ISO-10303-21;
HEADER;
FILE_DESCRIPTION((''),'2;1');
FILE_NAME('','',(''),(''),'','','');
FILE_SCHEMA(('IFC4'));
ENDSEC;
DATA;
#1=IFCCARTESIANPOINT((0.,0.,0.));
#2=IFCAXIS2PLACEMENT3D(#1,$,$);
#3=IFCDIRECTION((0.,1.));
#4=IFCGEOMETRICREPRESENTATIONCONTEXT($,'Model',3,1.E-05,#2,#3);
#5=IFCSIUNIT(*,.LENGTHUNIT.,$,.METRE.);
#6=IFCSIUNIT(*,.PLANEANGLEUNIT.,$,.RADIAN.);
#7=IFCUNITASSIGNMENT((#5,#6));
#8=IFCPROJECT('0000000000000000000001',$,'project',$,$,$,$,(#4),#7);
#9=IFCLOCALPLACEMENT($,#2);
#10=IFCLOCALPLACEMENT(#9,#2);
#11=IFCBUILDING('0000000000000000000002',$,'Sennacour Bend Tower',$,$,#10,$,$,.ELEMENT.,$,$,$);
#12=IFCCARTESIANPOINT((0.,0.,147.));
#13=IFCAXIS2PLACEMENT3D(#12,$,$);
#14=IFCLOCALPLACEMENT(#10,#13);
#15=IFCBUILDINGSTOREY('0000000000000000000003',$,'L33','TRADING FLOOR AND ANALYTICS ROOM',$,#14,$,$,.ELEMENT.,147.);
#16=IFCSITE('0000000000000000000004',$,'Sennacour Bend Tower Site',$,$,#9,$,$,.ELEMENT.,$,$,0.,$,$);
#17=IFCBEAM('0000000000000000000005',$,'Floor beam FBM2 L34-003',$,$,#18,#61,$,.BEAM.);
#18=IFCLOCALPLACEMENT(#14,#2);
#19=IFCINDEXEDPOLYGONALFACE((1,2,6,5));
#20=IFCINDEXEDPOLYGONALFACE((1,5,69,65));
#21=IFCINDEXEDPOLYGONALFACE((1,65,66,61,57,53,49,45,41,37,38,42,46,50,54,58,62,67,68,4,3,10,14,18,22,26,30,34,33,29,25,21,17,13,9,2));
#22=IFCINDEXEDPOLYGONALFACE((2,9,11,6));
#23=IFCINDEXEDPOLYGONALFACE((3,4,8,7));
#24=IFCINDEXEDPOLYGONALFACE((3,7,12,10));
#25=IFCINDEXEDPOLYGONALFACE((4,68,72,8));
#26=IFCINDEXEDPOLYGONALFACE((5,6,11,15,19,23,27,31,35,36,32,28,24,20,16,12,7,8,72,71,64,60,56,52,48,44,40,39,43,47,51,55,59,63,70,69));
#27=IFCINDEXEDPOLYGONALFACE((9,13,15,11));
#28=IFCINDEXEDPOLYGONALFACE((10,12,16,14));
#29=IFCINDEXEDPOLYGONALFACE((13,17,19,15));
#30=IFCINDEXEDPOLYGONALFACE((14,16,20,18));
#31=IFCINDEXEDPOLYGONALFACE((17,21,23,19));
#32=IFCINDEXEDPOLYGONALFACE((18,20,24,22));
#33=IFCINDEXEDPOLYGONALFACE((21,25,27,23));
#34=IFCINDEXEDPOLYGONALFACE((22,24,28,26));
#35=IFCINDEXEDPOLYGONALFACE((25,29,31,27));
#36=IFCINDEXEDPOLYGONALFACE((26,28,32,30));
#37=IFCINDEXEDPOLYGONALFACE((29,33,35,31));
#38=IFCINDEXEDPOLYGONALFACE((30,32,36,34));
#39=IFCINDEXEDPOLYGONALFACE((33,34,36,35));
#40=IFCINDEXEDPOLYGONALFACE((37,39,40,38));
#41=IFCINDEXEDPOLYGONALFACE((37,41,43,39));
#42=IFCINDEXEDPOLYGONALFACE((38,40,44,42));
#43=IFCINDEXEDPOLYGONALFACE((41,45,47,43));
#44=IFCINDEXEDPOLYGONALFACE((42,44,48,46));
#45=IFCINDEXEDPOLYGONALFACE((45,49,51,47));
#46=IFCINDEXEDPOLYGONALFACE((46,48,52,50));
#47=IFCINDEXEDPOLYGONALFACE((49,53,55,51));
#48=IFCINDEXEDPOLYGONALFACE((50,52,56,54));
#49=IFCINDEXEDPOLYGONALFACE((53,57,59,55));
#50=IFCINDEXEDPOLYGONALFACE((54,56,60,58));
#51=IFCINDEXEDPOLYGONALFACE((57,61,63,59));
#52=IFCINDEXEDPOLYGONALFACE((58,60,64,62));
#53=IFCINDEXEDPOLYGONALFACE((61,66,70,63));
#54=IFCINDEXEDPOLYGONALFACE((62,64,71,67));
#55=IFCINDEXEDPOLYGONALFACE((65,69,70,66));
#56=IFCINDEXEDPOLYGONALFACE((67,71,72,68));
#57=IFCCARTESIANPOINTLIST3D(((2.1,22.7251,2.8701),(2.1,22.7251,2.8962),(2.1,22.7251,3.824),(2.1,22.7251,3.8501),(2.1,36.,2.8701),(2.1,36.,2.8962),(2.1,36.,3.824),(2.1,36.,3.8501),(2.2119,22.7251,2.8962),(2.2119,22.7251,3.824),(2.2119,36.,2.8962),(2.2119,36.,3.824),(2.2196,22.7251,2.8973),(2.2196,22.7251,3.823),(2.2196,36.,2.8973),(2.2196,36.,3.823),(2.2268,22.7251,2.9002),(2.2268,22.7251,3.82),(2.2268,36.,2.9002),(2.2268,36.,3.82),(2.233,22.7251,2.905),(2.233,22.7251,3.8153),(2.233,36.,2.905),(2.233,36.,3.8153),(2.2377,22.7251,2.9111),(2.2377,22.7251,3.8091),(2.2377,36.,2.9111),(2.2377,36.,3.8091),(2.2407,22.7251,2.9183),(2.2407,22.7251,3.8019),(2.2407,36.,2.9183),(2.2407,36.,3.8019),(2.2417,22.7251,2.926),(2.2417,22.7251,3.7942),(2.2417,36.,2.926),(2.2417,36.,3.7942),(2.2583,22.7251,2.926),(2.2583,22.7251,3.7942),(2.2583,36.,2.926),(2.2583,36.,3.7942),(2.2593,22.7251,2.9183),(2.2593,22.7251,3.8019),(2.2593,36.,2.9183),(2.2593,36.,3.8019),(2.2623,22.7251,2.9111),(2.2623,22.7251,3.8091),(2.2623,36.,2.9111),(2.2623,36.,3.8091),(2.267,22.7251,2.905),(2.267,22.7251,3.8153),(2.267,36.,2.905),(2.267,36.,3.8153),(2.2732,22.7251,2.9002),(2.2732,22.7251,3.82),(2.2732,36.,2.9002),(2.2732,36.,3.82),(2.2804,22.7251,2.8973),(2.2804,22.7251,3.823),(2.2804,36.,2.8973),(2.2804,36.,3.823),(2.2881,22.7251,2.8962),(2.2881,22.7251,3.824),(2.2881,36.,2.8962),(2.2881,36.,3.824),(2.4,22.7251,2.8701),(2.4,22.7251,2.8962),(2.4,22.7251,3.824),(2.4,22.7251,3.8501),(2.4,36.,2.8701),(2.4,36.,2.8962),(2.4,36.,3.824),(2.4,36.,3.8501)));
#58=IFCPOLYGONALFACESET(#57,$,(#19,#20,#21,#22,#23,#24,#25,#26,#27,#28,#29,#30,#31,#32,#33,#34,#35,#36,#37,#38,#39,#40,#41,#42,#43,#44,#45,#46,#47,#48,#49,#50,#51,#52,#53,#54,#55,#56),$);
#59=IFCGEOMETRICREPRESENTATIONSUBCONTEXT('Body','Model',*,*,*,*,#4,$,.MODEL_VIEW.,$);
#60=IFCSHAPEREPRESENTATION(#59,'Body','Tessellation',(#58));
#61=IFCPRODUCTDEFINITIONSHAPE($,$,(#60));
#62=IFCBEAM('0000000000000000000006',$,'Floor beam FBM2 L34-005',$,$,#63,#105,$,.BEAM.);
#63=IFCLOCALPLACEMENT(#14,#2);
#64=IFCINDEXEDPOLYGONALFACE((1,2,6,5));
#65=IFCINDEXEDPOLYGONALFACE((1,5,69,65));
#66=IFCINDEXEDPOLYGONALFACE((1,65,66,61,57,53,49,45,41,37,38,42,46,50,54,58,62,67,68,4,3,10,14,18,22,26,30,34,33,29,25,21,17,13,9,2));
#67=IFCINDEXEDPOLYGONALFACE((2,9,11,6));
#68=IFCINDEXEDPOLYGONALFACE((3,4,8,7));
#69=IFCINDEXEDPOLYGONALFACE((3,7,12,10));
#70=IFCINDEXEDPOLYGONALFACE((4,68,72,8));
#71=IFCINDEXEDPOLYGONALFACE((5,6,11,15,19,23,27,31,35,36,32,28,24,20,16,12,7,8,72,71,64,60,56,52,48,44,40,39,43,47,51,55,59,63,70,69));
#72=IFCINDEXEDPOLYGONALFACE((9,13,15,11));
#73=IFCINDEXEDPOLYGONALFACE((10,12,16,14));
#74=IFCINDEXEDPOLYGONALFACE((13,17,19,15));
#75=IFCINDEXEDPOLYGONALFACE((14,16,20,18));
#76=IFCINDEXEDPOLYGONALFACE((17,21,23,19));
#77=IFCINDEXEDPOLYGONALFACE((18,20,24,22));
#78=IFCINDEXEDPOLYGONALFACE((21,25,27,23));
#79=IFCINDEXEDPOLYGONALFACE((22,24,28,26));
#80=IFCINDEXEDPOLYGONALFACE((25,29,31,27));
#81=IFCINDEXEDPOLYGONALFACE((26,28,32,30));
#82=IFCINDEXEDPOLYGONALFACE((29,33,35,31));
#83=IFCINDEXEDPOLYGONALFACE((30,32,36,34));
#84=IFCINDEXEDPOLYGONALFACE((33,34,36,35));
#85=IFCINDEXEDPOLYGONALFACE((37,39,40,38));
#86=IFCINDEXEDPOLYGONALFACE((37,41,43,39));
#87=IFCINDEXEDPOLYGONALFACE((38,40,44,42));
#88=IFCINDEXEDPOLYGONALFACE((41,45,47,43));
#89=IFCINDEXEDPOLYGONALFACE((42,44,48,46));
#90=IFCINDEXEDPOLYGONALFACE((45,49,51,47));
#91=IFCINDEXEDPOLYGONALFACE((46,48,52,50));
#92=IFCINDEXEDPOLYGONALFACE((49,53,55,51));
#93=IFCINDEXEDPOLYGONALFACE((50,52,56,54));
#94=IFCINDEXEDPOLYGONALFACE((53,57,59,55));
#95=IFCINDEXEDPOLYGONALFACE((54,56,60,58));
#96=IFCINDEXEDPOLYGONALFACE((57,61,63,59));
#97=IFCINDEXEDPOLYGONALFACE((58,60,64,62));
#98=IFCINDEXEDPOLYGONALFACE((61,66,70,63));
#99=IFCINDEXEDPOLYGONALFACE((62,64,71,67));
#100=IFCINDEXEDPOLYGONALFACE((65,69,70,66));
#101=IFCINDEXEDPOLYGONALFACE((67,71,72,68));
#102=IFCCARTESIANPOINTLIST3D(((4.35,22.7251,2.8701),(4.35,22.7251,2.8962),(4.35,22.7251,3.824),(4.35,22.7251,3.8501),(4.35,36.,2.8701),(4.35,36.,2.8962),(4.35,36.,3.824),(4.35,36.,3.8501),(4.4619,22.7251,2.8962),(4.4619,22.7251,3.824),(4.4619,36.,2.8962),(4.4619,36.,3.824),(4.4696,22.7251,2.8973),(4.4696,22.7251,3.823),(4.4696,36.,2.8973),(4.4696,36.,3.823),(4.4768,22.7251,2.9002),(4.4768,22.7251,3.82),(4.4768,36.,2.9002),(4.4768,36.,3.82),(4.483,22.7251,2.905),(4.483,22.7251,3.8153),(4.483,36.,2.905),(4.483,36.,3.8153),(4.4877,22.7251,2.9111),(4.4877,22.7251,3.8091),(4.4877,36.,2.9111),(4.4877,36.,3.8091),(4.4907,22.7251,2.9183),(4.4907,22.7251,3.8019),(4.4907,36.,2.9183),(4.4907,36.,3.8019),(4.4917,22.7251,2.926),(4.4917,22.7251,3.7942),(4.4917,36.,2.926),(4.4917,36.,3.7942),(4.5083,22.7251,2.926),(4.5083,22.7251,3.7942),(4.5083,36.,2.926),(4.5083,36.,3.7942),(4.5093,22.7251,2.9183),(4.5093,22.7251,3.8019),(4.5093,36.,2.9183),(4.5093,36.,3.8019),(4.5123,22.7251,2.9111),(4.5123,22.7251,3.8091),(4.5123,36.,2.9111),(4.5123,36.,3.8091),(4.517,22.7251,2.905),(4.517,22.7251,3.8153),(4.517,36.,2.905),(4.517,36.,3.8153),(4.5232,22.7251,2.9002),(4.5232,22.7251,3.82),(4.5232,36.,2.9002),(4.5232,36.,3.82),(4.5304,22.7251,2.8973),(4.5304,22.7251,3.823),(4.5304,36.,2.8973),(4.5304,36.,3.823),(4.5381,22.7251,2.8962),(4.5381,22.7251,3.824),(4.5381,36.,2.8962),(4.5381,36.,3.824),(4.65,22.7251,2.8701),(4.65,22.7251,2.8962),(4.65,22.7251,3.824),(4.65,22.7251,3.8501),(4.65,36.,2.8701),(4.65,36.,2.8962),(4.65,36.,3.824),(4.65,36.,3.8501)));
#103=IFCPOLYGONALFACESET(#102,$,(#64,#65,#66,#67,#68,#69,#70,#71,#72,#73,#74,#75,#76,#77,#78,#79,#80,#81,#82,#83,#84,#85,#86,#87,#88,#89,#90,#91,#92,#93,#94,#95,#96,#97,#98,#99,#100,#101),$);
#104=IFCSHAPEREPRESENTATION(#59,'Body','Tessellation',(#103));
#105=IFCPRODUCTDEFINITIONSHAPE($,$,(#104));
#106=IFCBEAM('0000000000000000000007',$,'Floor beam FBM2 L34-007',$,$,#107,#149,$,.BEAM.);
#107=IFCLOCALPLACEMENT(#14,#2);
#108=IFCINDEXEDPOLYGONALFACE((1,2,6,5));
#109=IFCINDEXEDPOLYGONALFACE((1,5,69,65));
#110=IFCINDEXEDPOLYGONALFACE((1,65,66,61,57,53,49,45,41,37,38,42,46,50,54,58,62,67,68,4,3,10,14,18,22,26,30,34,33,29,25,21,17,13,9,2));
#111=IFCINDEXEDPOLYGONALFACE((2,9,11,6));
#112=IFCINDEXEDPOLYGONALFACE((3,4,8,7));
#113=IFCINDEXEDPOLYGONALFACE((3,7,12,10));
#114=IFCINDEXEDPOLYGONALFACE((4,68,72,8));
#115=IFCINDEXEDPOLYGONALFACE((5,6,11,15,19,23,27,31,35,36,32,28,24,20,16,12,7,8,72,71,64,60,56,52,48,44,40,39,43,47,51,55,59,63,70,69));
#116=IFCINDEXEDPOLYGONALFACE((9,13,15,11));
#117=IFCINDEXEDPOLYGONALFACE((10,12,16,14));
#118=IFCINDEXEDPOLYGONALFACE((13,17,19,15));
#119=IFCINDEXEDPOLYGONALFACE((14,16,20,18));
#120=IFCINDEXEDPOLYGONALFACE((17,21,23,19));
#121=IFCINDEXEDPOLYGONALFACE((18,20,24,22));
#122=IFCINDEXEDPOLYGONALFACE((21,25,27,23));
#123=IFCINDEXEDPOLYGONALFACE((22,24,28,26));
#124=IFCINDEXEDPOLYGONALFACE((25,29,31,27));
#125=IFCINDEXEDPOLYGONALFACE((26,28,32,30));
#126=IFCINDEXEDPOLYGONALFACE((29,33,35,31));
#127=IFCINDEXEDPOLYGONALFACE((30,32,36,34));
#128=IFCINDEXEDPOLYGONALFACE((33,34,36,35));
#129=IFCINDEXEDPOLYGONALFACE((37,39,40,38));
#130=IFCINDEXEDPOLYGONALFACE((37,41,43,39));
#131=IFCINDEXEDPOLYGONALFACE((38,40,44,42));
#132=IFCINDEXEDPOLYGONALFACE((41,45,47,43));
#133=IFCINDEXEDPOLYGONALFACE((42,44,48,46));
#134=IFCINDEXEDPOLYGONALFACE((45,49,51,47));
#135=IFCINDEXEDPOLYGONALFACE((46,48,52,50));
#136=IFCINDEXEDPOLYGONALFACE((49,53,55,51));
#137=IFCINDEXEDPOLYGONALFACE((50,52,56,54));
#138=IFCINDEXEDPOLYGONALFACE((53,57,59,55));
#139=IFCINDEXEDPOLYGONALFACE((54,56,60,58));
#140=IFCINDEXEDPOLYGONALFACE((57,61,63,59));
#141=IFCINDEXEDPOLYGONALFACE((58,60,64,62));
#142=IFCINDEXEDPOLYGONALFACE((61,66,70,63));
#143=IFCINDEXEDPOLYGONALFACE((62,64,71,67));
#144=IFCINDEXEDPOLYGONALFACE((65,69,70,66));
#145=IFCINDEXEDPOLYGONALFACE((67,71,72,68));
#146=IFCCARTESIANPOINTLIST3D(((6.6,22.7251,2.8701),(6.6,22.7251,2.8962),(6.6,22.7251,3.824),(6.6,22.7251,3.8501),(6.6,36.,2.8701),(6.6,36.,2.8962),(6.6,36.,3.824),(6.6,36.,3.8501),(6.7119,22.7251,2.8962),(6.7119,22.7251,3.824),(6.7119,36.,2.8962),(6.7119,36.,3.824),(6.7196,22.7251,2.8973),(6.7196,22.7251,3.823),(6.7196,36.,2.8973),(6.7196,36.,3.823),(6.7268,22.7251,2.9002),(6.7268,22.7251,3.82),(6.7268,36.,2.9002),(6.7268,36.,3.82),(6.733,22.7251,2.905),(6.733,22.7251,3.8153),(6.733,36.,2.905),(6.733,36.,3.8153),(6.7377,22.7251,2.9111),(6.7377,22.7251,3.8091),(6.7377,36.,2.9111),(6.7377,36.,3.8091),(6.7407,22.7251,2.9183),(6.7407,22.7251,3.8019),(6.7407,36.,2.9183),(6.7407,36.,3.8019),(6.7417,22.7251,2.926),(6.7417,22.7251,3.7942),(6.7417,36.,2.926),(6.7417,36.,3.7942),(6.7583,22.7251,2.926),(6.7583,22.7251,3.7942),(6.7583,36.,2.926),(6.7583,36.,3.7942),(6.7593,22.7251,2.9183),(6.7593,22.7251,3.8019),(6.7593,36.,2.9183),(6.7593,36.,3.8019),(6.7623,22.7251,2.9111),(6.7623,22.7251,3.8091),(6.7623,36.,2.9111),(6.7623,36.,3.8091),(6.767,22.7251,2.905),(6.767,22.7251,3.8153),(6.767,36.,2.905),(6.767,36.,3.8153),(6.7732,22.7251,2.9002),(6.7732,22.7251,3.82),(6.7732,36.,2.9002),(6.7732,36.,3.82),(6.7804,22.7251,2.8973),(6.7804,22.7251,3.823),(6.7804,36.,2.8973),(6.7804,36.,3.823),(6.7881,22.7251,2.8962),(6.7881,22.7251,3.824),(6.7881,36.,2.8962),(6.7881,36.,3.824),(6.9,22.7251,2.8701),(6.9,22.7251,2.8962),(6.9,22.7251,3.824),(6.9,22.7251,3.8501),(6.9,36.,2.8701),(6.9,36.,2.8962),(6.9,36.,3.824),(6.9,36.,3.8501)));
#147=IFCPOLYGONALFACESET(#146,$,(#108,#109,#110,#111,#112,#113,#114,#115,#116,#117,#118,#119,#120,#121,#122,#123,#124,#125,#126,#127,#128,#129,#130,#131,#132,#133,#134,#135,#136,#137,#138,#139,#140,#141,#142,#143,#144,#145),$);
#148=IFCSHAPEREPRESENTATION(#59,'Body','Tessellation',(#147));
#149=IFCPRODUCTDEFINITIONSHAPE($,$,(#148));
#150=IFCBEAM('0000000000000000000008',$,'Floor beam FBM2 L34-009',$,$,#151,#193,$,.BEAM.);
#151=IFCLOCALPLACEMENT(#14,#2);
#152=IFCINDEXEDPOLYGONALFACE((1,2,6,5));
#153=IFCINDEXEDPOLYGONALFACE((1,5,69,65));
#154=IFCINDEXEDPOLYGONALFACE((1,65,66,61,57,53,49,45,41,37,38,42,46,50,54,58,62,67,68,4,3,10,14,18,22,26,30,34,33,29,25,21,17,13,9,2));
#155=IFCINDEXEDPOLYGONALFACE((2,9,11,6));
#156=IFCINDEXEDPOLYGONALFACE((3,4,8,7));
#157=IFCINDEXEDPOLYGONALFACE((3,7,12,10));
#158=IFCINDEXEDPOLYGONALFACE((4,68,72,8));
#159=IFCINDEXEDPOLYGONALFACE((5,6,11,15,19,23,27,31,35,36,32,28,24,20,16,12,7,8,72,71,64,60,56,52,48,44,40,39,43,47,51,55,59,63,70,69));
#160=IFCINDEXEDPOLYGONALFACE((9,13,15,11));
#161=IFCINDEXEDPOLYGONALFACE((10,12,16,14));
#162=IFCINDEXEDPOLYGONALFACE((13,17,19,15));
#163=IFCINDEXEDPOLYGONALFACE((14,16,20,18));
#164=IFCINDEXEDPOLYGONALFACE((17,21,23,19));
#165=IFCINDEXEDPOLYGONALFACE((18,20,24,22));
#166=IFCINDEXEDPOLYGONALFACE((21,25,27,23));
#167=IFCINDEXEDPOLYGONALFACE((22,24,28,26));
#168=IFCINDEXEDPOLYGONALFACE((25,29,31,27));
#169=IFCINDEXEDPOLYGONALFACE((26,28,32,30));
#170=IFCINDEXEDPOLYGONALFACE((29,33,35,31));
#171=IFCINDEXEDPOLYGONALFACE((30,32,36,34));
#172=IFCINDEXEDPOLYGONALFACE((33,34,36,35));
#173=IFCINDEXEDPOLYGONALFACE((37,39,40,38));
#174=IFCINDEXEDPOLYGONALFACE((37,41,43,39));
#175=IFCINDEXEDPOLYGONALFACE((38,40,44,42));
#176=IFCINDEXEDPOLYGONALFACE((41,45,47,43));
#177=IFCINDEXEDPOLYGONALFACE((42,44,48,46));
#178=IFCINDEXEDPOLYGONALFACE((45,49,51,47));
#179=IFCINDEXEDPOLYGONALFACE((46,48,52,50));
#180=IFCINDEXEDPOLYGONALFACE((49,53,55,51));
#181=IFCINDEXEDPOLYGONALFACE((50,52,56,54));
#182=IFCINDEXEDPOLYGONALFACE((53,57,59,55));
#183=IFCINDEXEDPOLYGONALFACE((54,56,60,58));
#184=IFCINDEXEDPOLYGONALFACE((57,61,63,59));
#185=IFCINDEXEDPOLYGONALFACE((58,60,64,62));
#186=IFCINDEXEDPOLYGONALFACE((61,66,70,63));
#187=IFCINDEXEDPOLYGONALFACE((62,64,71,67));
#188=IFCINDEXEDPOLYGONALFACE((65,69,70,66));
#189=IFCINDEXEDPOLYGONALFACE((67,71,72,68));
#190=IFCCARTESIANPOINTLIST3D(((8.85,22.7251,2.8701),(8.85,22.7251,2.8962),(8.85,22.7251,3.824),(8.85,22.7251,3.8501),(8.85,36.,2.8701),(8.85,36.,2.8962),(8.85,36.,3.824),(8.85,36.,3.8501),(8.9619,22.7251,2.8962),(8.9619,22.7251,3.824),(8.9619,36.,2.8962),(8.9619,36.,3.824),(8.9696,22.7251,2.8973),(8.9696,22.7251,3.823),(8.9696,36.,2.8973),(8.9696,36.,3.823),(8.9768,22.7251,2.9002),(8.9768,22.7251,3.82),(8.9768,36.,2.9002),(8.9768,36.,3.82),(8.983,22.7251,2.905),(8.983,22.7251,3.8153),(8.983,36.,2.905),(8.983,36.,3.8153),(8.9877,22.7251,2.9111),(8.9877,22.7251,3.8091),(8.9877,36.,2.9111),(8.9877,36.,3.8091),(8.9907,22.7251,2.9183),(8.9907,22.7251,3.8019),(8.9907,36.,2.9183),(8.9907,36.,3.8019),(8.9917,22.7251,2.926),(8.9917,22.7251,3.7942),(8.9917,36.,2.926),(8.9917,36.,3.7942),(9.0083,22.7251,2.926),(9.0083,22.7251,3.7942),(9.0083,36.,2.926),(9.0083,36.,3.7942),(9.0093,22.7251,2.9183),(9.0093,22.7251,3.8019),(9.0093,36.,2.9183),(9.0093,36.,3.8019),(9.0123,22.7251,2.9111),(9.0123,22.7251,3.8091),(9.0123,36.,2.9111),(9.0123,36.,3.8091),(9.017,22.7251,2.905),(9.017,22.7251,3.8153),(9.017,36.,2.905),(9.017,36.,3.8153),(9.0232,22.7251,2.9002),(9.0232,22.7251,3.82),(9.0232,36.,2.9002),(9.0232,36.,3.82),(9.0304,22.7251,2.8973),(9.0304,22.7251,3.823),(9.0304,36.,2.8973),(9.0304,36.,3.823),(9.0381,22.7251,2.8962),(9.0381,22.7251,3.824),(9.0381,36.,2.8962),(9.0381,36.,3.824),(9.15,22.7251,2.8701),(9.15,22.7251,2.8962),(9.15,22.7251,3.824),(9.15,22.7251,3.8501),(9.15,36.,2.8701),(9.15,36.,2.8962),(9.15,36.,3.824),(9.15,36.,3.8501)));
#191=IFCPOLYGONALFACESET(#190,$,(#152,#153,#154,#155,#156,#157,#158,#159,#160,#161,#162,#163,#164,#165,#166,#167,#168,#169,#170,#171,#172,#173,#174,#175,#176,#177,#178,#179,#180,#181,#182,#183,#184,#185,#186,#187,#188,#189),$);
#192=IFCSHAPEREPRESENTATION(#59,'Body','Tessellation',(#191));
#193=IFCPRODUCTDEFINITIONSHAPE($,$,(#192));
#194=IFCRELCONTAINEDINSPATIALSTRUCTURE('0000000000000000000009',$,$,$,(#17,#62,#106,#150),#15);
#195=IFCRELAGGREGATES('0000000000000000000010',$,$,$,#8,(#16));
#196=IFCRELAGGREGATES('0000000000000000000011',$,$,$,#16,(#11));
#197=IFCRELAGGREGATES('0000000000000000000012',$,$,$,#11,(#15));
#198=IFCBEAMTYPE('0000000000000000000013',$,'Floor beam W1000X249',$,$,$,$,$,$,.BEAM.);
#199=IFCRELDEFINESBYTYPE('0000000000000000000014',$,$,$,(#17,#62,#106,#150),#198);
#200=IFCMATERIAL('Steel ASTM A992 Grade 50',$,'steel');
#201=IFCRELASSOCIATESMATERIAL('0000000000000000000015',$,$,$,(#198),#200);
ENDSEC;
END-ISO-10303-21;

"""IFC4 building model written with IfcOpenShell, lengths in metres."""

from ifc_helpers import new_model, si_unit, direction, frame, origin, origin_2d, place, context, subcontext, project, spatial, i_section, extrude, material, material_profile, profile_set, type_object, element, save


model = new_model("IFC4")

# Units and contexts
model_context = context("Model", 3, precision=1e-05, world=origin(), true_north=direction((0.0, 1.0)))
body_context = subcontext(model_context, "Body", "Model", "MODEL_VIEW")
ifc_project = project(units=[si_unit("LENGTHUNIT", "METRE"), si_unit("PLANEANGLEUNIT", "RADIAN")], contexts=[model_context])

# Site, building, storey
site_placement = place(None, origin())
site = spatial("IfcSite", under=ifc_project, at=site_placement, Name="Sennacour Bend Tower Site", CompositionType="ELEMENT", RefElevation=0.0)
building_placement = place(site_placement, origin())
building = spatial("IfcBuilding", under=site, at=building_placement, Name="Sennacour Bend Tower", CompositionType="ELEMENT")
storey_placement = place(building_placement, frame((0.0, 0.0, 147.0)))
storey = spatial("IfcBuildingStorey", under=building, at=storey_placement, Name="L33", Description="TRADING FLOOR AND ANALYTICS ROOM", CompositionType="ELEMENT", Elevation=147.0)

# Beams
ifc_material_1 = material(Name="Steel ASTM A992 Grade 50", Category="steel")
ifc_material_profile = material_profile(ifc_material_1, i_section(OverallWidth=0.3, OverallDepth=0.98, WebThickness=0.0166, FlangeThickness=0.0261, FilletRadius=0.0298, at=origin_2d()), Name="Steel ASTM A992 Grade 50", Category="steel")
ifc_profile_set = profile_set([ifc_material_profile], Name="Steel ASTM A992 Grade 50")
beam_type = type_object("IfcBeamType", Name="Floor beam W1000X249", PredefinedType="BEAM", material=ifc_profile_set)
for number, where, z_axis, x_axis, name in (
    (1, (2.25, 22.7251, 3.3601), (0.0, 1.0, 0.0), (-1.0, 0.0, 0.0), "Floor beam FBM2 L34-003"),
    (2, (4.5, 22.7251, 3.3601), (0.0, 1.0, 0.0), (-1.0, 0.0, 0.0), "Floor beam FBM2 L34-005"),
    (3, (6.75, 22.7251, 3.3601), (0.0, 1.0, 0.0), (-1.0, 0.0, 0.0), "Floor beam FBM2 L34-007"),
    (4, (9.0, 22.7251, 3.3601), (0.0, 1.0, 0.0), (-1.0, 0.0, 0.0), "Floor beam FBM2 L34-009"),
):
    element("IfcBeam", number, at=place(storey_placement, frame(where, z_axis=z_axis, x_axis=x_axis)), inside=storey, type_object=beam_type, Name=name, PredefinedType="BEAM", context=body_context, shape_type="SweptSolid", body=[
        extrude(i_section(OverallWidth=0.3, OverallDepth=0.98, WebThickness=0.0166, FlangeThickness=0.0261, FilletRadius=0.0298, at=origin_2d()), origin(), (0.0, 0.0, 1.0), 13.2749),
    ])

save(model, "model.ifc")
